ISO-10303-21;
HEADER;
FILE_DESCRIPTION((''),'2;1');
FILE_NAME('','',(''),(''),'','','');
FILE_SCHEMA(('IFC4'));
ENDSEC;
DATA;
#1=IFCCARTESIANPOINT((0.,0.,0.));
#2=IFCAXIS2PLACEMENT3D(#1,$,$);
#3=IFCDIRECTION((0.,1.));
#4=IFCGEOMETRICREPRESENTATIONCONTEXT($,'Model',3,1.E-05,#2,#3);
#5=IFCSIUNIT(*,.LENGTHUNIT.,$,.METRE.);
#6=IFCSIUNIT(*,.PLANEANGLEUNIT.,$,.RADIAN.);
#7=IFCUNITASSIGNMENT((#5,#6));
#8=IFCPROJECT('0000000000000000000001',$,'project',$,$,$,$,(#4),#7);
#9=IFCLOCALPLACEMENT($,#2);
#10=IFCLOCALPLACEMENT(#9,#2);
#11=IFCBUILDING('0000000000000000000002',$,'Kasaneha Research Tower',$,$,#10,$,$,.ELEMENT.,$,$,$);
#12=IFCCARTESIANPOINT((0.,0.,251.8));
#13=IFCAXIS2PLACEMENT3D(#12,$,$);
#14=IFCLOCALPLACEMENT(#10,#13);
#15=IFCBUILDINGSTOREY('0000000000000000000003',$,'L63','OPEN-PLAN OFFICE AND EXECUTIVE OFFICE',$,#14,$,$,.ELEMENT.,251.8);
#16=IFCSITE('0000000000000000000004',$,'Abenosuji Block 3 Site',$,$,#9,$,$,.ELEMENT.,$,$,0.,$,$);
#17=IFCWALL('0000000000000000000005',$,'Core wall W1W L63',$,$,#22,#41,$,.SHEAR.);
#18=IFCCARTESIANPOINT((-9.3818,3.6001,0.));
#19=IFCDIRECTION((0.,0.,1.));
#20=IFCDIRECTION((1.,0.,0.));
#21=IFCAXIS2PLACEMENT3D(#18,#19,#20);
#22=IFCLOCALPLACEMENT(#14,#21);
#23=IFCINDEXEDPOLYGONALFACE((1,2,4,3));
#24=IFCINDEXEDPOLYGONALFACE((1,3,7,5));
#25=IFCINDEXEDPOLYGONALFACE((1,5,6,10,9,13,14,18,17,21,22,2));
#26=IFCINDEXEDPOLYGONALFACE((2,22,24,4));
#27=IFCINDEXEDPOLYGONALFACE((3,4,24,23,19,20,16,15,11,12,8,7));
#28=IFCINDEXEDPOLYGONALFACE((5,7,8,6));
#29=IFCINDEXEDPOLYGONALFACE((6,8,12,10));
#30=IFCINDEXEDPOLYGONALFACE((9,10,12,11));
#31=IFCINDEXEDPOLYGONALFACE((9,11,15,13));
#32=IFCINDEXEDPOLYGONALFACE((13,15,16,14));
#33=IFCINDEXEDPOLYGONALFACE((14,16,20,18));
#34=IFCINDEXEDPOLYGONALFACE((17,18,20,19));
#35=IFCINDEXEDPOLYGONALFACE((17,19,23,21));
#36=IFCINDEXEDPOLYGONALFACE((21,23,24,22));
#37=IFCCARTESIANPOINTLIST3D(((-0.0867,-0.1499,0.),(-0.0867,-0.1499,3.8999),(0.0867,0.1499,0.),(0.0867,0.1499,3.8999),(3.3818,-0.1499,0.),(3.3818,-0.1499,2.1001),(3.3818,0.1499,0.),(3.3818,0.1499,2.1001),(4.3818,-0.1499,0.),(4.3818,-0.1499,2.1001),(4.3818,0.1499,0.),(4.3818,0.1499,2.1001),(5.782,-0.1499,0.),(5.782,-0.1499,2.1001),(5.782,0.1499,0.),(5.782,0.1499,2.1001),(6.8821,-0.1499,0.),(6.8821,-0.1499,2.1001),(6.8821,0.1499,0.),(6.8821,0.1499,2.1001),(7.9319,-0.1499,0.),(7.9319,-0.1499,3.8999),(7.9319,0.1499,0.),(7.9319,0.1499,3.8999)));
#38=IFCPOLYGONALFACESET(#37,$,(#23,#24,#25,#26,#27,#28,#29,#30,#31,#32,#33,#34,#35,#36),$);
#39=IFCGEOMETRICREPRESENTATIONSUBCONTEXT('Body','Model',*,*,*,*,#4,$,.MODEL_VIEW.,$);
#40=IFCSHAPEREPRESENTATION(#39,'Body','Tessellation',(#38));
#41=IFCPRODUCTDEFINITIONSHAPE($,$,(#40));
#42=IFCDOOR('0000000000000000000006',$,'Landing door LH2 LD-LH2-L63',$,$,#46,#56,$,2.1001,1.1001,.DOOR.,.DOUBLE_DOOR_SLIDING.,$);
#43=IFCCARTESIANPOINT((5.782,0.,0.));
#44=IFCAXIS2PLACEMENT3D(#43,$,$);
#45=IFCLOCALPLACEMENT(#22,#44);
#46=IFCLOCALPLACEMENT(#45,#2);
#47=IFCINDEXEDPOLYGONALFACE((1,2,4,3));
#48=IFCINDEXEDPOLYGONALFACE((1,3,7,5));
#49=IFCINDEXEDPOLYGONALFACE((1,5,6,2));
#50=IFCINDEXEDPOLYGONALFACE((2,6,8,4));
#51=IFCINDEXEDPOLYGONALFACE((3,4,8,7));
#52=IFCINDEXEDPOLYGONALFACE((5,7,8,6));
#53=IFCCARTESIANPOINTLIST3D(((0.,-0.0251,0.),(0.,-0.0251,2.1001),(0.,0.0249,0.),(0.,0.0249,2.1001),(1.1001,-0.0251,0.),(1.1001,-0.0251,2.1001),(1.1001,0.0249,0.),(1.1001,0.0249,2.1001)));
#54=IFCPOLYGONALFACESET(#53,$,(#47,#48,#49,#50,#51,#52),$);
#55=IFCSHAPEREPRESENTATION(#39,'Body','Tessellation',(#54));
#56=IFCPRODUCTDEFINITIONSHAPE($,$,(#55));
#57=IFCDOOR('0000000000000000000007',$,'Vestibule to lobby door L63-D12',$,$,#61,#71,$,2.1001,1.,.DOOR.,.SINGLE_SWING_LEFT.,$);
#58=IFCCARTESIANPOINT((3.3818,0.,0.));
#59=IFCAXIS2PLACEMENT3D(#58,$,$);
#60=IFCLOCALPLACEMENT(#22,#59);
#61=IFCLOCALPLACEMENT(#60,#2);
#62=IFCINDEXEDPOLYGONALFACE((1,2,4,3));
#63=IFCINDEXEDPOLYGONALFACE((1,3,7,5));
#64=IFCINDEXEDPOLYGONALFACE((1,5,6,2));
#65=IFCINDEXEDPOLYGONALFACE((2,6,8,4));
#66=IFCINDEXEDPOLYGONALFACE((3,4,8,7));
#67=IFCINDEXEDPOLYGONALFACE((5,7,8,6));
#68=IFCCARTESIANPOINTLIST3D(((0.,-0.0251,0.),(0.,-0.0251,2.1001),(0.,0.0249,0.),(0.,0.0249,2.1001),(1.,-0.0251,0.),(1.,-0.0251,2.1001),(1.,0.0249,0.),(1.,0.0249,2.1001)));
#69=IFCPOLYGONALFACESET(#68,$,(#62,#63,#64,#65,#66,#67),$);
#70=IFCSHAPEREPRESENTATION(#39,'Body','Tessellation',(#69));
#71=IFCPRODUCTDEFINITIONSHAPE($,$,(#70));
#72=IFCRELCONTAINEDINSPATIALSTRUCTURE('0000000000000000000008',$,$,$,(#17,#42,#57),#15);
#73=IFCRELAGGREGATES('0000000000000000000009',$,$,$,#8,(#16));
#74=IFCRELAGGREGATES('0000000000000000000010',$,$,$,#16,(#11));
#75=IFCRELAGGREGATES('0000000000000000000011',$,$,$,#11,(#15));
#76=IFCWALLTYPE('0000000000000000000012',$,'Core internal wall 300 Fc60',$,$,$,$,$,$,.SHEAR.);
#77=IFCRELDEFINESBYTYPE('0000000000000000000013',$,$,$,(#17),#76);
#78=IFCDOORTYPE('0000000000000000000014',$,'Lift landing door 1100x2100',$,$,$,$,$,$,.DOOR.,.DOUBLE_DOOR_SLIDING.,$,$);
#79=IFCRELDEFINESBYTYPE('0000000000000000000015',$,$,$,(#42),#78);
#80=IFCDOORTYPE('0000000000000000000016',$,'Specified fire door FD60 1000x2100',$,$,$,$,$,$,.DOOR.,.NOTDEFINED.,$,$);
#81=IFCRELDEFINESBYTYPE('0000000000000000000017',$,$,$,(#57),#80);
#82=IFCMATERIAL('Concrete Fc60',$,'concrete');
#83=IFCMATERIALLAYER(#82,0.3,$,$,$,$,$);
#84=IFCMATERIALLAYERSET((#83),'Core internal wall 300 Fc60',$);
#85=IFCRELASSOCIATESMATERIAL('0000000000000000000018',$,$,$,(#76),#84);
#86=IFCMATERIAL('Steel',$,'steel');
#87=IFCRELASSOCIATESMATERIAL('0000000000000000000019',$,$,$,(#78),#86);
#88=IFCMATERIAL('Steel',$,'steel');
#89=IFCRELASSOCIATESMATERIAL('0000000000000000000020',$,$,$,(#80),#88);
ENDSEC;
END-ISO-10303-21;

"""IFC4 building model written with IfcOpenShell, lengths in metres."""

from ifc_helpers import new_model, si_unit, direction, frame, frame_2d, origin, place, context, subcontext, project, spatial, polyline, rectangle, outline, extrude, material, layer, layer_set, type_object, element, fill, save


model = new_model("IFC4")

# Units and contexts
model_context = context("Model", 3, precision=1e-05, world=origin(), true_north=direction((0.0, 1.0)))
body_context = subcontext(model_context, "Body", "Model", "MODEL_VIEW")
ifc_project = project(units=[si_unit("LENGTHUNIT", "METRE"), si_unit("PLANEANGLEUNIT", "RADIAN")], contexts=[model_context])

# Site, building, storey
site_placement = place(None, origin())
site = spatial("IfcSite", under=ifc_project, at=site_placement, Name="Abenosuji Block 3 Site", CompositionType="ELEMENT", RefElevation=0.0)
building_placement = place(site_placement, origin())
building = spatial("IfcBuilding", under=site, at=building_placement, Name="Kasaneha Research Tower", CompositionType="ELEMENT")
storey_placement = place(building_placement, frame((0.0, 0.0, 251.8)))
storey = spatial("IfcBuildingStorey", under=building, at=storey_placement, Name="L63", Description="OPEN-PLAN OFFICE AND EXECUTIVE OFFICE", CompositionType="ELEMENT", Elevation=251.8)

# Wall, openings, doors
ifc_material_1 = material(Name="Concrete Fc60", Category="concrete")
ifc_layer_1 = layer(ifc_material_1, 0.3)
ifc_layer_set_1 = layer_set([ifc_layer_1], Name="Core internal wall 300 Fc60")
wall_type_1 = type_object("IfcWallType", Name="Core internal wall 300 Fc60", PredefinedType="SHEAR", material=ifc_layer_set_1)
wall_1_placement = place(storey_placement, frame((-9.3818, 3.6001, 0.0), z_axis=(0.0, 0.0, 1.0), x_axis=(1.0, 0.0, 0.0)))
wall_1 = element("IfcWall", 1, at=wall_1_placement, inside=storey, type_object=wall_type_1, Name="Core wall W1W L63", PredefinedType="SHEAR", context=body_context, shape_type="SweptSolid", body=[
    extrude(outline(polyline([(-0.0867, -0.1499), (3.3818, -0.1499), (4.3818, -0.1499), (5.782, -0.1499), (6.8821, -0.1499), (7.9319, -0.1499), (7.9319, 0.1499), (6.8821, 0.1499), (5.782, 0.1499), (4.3818, 0.1499), (3.3818, 0.1499), (0.0867, 0.1499), (-0.0867, -0.1499)])), origin(), (0.0, 0.0, 1.0), 3.8999),
])
opening_1_placement = place(wall_1_placement, frame((3.3818, 0.0, 0.0)))
opening_1 = element("IfcOpeningElement", 2, at=opening_1_placement, cuts=wall_1, PredefinedType="OPENING", context=body_context, shape_type="SweptSolid", body=[
    extrude(rectangle(XDim=1.0, YDim=2.1001, at=frame_2d((0.5, 1.05))), frame((0.0, 0.1602, 0.0), z_axis=(0.0, -1.0, 0.0), x_axis=(1.0, 0.0, 0.0)), (0.0, 0.0, 1.0), 0.3201),
])
opening_2_placement = place(wall_1_placement, frame((5.782, 0.0, 0.0)))
opening_2 = element("IfcOpeningElement", 3, at=opening_2_placement, cuts=wall_1, PredefinedType="OPENING", context=body_context, shape_type="SweptSolid", body=[
    extrude(rectangle(XDim=1.1001, YDim=2.1001, at=frame_2d((0.55, 1.05))), frame((0.0, 0.1602, 0.0), z_axis=(0.0, -1.0, 0.0), x_axis=(1.0, 0.0, 0.0)), (0.0, 0.0, 1.0), 0.3201),
])
ifc_material_2 = material(Name="Steel", Category="steel")
door_type_1 = type_object("IfcDoorType", Name="Lift landing door 1100x2100", OperationType="DOUBLE_DOOR_SLIDING", PredefinedType="DOOR", material=ifc_material_2)
door_1_placement = place(opening_2_placement, origin())
door_1 = element("IfcDoor", 4, at=door_1_placement, inside=storey, type_object=door_type_1, Name="Landing door LH2 LD-LH2-L63", OperationType="DOUBLE_DOOR_SLIDING", OverallHeight=2.1001, OverallWidth=1.1001, PredefinedType="DOOR", context=body_context, shape_type="SweptSolid", body=[
    extrude(rectangle(XDim=1.1001, YDim=2.1001, at=frame_2d((0.55, 1.05))), frame((0.0, 0.0249, 0.0), z_axis=(0.0, -1.0, 0.0), x_axis=(1.0, 0.0, 0.0)), (0.0, 0.0, 1.0), 0.05),
])
fill(opening_2, door_1)
ifc_material_3 = material(Name="Steel", Category="steel")
door_type_2 = type_object("IfcDoorType", Name="Specified fire door FD60 1000x2100", OperationType="NOTDEFINED", PredefinedType="DOOR", material=ifc_material_3)
door_2_placement = place(opening_1_placement, origin())
door_2 = element("IfcDoor", 5, at=door_2_placement, inside=storey, type_object=door_type_2, Name="Vestibule to lobby door L63-D12", OperationType="SINGLE_SWING_LEFT", OverallHeight=2.1001, OverallWidth=1.0, PredefinedType="DOOR", context=body_context, shape_type="SweptSolid", body=[
    extrude(rectangle(XDim=1.0, YDim=2.1001, at=frame_2d((0.5, 1.05))), frame((0.0, 0.0249, 0.0), z_axis=(0.0, -1.0, 0.0), x_axis=(1.0, 0.0, 0.0)), (0.0, 0.0, 1.0), 0.05),
])
fill(opening_1, door_2)

save(model, "model.ifc")
